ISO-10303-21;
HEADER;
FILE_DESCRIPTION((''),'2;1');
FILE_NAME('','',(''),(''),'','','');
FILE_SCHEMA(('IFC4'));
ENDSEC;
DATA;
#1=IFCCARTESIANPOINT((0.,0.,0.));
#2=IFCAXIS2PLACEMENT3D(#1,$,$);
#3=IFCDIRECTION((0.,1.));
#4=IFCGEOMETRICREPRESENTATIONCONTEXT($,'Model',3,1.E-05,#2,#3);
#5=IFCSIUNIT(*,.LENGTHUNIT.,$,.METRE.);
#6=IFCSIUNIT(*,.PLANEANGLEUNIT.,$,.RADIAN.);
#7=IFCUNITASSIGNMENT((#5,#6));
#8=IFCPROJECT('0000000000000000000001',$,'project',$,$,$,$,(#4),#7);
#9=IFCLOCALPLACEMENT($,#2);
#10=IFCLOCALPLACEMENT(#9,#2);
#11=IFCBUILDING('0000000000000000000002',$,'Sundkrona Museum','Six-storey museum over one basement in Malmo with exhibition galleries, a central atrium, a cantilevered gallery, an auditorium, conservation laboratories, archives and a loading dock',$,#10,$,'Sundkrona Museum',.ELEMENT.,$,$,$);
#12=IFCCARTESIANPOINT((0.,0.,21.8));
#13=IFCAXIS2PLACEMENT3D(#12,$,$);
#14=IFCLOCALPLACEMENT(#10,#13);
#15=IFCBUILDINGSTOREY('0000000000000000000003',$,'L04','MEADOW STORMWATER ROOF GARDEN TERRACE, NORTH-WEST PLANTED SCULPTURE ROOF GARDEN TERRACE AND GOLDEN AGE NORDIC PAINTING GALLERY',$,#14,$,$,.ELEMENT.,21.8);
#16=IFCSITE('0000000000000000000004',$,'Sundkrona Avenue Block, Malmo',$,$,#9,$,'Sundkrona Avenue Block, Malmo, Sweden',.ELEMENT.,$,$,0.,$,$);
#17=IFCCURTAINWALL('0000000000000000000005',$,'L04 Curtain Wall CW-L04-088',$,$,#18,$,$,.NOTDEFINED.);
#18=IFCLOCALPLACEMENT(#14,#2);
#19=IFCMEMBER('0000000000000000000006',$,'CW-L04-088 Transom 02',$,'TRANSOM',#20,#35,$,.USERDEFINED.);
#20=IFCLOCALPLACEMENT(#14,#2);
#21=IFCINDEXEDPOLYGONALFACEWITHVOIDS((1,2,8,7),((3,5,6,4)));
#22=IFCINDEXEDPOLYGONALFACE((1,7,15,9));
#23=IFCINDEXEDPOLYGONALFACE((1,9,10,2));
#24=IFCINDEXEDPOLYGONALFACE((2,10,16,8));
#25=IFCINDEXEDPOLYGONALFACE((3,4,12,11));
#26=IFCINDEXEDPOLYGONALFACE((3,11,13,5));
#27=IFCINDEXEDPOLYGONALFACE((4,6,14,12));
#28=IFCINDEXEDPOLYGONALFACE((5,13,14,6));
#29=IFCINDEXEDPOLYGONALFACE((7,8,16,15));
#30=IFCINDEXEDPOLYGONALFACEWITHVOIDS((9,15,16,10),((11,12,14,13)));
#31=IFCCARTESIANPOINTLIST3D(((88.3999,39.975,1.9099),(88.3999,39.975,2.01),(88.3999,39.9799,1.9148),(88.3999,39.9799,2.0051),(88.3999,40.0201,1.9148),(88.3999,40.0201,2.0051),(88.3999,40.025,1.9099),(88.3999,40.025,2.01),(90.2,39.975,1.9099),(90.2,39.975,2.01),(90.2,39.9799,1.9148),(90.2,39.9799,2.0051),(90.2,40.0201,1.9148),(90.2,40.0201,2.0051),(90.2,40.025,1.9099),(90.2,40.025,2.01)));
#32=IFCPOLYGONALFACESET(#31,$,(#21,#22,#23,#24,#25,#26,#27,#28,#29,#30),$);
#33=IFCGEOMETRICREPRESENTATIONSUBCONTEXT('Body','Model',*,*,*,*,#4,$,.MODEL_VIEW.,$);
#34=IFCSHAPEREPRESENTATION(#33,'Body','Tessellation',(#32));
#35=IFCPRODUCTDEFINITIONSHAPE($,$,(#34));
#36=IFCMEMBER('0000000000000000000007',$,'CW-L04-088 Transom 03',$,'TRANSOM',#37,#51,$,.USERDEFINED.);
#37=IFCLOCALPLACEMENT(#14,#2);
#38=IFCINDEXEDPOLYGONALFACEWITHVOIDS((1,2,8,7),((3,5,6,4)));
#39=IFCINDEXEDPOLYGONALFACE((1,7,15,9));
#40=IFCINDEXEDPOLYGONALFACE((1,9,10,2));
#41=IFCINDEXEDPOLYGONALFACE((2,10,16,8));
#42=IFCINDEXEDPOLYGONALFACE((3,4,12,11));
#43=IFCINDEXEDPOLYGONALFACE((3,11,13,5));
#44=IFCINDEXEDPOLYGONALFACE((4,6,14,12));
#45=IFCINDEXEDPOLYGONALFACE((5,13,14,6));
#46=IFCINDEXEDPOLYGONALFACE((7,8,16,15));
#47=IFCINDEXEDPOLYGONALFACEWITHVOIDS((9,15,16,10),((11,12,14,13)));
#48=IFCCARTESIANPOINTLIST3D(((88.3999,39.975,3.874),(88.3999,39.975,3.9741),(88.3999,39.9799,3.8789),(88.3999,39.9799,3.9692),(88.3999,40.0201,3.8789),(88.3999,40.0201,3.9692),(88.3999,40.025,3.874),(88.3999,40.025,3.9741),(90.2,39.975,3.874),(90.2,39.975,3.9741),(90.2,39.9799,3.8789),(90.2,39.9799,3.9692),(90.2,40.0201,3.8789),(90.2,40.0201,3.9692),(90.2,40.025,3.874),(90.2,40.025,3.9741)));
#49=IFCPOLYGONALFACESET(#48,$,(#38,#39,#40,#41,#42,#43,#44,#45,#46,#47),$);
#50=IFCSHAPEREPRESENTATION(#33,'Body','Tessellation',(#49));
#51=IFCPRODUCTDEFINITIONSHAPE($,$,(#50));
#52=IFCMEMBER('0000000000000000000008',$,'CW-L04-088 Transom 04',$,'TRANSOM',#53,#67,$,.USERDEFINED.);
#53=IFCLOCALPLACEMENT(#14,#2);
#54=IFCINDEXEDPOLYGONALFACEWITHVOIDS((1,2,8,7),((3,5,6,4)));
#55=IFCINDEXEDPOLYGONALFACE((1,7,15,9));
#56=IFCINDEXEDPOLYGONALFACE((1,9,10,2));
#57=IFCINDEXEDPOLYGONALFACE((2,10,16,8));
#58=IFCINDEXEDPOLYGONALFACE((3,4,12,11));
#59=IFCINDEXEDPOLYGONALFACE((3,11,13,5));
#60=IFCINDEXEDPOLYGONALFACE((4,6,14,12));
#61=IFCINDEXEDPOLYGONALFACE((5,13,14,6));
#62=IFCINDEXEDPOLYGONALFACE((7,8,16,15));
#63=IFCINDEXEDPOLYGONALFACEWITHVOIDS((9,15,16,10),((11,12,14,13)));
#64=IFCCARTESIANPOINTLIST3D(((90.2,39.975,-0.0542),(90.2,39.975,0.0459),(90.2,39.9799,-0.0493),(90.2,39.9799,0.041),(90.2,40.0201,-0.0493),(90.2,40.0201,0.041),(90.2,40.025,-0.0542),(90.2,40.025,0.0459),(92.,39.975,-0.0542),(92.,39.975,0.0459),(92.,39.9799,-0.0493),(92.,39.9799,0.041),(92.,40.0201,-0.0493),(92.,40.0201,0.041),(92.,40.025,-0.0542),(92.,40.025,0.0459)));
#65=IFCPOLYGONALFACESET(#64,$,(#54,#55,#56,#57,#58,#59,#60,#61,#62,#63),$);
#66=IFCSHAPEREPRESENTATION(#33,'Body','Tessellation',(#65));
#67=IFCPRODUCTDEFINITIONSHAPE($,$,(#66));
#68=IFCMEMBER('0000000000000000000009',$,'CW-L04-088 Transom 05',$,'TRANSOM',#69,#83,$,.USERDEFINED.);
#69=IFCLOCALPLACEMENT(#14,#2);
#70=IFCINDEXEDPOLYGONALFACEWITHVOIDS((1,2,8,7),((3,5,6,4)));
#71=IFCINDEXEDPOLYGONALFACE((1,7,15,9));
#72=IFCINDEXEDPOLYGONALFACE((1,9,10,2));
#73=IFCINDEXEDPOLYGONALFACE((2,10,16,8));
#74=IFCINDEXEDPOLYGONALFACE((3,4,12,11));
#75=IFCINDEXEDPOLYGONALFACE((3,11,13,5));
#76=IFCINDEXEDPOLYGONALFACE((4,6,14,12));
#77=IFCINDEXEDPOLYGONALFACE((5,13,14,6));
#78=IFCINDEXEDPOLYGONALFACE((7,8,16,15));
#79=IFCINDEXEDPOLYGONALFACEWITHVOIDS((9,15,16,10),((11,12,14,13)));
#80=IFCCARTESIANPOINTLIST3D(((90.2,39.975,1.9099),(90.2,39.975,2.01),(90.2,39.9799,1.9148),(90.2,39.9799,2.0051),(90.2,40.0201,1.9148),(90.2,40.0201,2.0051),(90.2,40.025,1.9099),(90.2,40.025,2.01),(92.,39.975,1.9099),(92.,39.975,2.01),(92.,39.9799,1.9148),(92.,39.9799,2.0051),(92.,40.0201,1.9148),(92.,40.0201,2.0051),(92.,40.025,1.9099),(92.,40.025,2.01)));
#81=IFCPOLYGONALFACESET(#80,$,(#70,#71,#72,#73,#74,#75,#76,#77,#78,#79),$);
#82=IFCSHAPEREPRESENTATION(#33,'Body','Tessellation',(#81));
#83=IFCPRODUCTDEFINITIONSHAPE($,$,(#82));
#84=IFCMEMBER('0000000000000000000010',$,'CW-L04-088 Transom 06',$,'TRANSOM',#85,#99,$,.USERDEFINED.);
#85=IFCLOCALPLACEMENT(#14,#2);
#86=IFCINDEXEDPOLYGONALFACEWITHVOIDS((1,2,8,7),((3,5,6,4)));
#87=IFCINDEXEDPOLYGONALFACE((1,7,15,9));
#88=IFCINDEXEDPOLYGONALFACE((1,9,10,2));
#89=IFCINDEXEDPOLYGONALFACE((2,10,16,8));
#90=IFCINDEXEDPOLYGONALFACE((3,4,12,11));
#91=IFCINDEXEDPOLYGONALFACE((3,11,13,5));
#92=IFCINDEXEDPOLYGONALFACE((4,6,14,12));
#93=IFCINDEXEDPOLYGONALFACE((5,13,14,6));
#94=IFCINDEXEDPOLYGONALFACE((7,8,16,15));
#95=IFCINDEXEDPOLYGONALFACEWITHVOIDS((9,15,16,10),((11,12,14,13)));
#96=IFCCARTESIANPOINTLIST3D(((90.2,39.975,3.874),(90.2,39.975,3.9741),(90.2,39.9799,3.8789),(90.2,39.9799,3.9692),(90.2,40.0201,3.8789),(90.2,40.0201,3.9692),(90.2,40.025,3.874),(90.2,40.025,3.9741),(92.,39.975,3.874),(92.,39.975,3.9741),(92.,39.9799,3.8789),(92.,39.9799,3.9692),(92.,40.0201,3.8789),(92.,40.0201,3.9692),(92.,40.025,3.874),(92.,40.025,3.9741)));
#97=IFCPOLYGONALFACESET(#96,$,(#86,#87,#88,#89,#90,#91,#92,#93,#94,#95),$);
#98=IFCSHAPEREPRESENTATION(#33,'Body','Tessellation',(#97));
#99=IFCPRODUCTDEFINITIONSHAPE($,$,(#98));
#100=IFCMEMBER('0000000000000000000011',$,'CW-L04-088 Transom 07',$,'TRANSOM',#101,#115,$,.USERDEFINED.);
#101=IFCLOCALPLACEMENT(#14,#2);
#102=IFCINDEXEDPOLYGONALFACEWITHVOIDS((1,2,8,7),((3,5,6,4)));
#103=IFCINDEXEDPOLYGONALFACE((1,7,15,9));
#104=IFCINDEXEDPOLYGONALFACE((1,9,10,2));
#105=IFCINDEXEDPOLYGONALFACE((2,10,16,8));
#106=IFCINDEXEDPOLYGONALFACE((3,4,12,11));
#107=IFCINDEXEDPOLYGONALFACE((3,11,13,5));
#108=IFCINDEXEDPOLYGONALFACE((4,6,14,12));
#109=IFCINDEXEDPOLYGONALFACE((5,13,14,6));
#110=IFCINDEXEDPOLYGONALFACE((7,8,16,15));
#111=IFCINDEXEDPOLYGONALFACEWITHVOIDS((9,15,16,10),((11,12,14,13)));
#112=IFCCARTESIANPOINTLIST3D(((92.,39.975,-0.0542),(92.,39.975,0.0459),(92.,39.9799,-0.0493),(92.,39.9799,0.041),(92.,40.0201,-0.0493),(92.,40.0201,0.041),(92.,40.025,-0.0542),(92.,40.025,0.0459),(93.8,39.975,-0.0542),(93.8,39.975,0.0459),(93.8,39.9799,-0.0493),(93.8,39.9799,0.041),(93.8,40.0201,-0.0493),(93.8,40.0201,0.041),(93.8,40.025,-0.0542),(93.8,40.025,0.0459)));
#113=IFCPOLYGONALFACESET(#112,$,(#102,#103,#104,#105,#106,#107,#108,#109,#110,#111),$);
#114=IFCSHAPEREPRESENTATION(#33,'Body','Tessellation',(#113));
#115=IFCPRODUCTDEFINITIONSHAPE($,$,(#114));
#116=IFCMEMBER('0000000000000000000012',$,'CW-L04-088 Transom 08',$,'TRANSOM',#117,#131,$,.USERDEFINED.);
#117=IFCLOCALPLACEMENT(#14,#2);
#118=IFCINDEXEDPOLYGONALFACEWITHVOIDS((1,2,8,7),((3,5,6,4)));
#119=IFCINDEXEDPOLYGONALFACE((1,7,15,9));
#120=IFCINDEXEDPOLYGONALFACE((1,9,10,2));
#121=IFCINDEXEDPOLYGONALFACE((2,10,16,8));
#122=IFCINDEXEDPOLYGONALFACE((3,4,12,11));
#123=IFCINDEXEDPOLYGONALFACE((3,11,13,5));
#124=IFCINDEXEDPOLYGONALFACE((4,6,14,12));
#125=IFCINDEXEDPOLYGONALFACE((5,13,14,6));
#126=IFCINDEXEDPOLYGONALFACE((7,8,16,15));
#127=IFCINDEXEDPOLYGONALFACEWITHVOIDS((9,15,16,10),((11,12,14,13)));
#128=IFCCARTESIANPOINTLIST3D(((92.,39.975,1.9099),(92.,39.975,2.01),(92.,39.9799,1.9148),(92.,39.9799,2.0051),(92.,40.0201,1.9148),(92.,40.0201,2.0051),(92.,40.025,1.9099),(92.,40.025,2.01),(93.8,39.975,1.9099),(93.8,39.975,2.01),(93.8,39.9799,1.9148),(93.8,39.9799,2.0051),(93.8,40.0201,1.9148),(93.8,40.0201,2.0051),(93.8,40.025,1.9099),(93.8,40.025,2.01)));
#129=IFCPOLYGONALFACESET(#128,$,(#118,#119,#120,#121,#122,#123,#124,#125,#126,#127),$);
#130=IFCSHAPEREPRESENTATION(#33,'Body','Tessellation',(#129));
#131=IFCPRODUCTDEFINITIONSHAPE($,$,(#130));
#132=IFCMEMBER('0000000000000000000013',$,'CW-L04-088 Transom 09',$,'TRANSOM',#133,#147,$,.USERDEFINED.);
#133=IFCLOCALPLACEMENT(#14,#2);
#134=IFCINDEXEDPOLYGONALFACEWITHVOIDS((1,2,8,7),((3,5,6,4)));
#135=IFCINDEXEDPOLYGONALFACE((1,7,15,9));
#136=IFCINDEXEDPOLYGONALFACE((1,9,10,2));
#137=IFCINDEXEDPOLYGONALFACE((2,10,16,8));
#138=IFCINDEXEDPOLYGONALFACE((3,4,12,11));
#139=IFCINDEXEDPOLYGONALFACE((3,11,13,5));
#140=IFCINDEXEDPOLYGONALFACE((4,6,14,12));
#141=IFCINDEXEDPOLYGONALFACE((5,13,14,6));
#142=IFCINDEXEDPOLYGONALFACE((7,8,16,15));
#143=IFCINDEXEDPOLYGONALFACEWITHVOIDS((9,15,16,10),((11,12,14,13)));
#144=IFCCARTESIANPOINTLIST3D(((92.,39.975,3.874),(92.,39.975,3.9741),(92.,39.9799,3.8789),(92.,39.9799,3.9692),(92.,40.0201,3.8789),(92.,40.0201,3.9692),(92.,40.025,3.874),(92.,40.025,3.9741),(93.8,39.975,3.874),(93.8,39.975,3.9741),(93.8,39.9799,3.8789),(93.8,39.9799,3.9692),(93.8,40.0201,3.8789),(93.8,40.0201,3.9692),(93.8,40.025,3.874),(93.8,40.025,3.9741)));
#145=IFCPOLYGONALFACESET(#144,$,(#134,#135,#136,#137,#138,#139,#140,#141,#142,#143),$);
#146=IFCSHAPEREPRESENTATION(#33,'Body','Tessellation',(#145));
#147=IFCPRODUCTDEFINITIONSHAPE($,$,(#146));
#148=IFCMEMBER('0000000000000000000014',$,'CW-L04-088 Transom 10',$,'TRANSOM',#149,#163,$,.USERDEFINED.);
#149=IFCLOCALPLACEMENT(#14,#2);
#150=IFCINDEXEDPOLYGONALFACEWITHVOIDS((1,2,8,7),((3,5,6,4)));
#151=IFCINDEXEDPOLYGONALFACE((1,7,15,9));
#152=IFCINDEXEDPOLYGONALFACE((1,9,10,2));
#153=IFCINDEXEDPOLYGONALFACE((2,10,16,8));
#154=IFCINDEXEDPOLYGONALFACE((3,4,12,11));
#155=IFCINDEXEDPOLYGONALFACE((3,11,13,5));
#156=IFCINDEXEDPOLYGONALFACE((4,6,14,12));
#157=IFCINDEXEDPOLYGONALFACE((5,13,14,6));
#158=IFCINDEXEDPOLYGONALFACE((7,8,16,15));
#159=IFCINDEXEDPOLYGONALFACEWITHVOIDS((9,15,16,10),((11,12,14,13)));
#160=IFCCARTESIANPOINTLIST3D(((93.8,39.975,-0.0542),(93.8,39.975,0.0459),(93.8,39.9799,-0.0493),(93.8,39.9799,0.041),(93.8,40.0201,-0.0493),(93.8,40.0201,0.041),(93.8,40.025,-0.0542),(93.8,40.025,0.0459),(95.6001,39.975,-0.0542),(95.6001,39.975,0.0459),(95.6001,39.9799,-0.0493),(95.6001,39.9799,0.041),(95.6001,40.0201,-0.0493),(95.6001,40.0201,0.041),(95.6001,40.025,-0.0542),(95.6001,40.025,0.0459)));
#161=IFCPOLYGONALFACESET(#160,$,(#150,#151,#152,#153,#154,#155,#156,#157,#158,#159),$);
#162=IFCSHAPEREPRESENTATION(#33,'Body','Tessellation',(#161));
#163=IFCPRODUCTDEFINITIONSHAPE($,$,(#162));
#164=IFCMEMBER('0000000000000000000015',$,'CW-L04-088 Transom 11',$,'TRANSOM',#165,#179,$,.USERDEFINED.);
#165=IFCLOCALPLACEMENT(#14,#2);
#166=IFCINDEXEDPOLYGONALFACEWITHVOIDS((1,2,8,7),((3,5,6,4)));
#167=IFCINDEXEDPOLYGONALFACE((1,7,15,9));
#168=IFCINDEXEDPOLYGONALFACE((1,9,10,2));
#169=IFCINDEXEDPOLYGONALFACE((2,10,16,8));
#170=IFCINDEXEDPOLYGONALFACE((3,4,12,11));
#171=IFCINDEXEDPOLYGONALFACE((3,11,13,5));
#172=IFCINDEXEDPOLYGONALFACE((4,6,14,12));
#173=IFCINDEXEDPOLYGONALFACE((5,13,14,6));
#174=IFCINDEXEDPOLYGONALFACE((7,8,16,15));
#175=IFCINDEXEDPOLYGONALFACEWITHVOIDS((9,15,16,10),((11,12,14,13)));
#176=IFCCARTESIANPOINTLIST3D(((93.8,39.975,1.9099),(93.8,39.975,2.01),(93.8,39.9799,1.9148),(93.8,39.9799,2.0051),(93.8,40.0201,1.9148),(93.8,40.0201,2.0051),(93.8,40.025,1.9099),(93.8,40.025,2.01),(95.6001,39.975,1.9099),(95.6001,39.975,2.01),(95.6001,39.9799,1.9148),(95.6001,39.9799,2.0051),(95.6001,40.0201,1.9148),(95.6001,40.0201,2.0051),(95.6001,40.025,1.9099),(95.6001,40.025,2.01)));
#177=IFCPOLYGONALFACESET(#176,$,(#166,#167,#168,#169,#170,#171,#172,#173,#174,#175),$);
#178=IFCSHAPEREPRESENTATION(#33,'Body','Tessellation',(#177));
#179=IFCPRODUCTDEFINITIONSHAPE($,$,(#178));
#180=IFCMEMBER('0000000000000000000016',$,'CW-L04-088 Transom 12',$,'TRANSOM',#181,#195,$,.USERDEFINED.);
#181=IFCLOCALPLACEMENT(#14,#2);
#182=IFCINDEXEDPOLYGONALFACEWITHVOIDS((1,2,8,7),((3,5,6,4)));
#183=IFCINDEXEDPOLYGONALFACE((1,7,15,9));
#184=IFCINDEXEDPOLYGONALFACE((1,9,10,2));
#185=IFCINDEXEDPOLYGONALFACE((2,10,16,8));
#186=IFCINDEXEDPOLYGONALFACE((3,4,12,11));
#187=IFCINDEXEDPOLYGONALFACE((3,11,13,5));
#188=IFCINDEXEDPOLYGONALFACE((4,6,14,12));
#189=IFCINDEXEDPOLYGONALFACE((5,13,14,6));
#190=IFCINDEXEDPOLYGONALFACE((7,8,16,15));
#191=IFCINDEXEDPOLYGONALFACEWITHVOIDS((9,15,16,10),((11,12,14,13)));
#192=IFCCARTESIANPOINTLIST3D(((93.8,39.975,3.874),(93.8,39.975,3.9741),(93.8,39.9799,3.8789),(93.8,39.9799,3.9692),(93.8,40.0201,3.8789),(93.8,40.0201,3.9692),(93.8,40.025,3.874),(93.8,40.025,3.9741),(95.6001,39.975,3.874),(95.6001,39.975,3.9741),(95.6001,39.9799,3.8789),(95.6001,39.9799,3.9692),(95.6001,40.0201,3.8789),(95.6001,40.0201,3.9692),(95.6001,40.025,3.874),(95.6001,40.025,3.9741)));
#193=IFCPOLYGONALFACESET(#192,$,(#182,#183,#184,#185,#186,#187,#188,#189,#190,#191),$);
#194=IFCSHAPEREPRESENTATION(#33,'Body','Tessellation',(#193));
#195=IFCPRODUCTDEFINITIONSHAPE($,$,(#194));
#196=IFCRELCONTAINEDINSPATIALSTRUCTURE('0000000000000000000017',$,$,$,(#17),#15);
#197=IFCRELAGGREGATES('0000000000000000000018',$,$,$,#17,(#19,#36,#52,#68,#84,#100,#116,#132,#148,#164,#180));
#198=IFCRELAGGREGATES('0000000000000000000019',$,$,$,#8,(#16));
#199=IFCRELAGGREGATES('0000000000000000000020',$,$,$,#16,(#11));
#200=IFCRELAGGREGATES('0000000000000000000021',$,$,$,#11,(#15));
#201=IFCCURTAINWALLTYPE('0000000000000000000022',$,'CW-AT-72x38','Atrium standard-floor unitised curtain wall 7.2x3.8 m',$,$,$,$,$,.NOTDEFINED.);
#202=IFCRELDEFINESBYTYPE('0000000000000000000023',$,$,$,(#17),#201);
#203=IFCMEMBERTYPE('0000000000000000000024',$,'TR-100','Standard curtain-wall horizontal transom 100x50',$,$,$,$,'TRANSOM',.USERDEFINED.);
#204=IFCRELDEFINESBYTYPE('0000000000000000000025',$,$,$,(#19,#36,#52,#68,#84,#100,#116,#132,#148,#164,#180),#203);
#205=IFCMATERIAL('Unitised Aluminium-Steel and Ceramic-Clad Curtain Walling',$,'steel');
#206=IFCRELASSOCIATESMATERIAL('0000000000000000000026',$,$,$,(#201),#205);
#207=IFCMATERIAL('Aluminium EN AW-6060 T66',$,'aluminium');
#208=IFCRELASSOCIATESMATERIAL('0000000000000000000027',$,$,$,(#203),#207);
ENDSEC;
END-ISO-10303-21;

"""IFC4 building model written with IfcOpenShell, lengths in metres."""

from ifc_helpers import new_model, si_unit, direction, frame, origin, origin_2d, place, context, subcontext, project, spatial, hollow_rectangle, extrude, material, material_profile, profile_set, type_object, element, aggregate, save


model = new_model("IFC4")

# Units and contexts
model_context = context("Model", 3, precision=1e-05, world=origin(), true_north=direction((0.0, 1.0)))
body_context = subcontext(model_context, "Body", "Model", "MODEL_VIEW")
ifc_project = project(units=[si_unit("LENGTHUNIT", "METRE"), si_unit("PLANEANGLEUNIT", "RADIAN")], contexts=[model_context])

# Site, building, storey
site_placement = place(None, origin())
site = spatial("IfcSite", under=ifc_project, at=site_placement, Name="Sundkrona Avenue Block, Malmo", LongName="Sundkrona Avenue Block, Malmo, Sweden", CompositionType="ELEMENT", RefElevation=0.0)
building_placement = place(site_placement, origin())
building = spatial("IfcBuilding", under=site, at=building_placement, Name="Sundkrona Museum", Description="Six-storey museum over one basement in Malmo with exhibition galleries, a central atrium, a cantilevered gallery, an auditorium, conservation laboratories, archives and a loading dock", LongName="Sundkrona Museum", CompositionType="ELEMENT")
storey_placement = place(building_placement, frame((0.0, 0.0, 21.8)))
storey = spatial("IfcBuildingStorey", under=building, at=storey_placement, Name="L04", Description="MEADOW STORMWATER ROOF GARDEN TERRACE, NORTH-WEST PLANTED SCULPTURE ROOF GARDEN TERRACE AND GOLDEN AGE NORDIC PAINTING GALLERY", CompositionType="ELEMENT", Elevation=21.8)

# Curtain wall
ifc_material_1 = material(Name="Unitised Aluminium-Steel and Ceramic-Clad Curtain Walling", Category="steel")
curtain_wall_type = type_object("IfcCurtainWallType", Name="CW-AT-72x38", Description="Atrium standard-floor unitised curtain wall 7.2x3.8 m", PredefinedType="NOTDEFINED", material=ifc_material_1)
curtain_wall_1_placement = place(storey_placement, origin())
curtain_wall_1 = element("IfcCurtainWall", 1, at=curtain_wall_1_placement, inside=storey, type_object=curtain_wall_type, Name="L04 Curtain Wall CW-L04-088", PredefinedType="NOTDEFINED")
ifc_material_2 = material(Name="Aluminium EN AW-6060 T66", Category="aluminium")

# Members
ifc_material_profile_1 = material_profile(ifc_material_2, hollow_rectangle(XDim=0.05, YDim=0.1001, WallThickness=0.0049, at=origin_2d()), Name="RHS 100x50x5.0")
ifc_profile_set_1 = profile_set([ifc_material_profile_1], Name="Aluminium EN AW-6060 T66")
member_type_1 = type_object("IfcMemberType", Name="TR-100", Description="Standard curtain-wall horizontal transom 100x50", ElementType="TRANSOM", PredefinedType="USERDEFINED", material=ifc_profile_set_1)
member_1_placement = place(storey_placement, frame((88.3999, 40.0, 1.96), z_axis=(1.0, 0.0, 0.0), x_axis=(0.0, 1.0, 0.0)))
member_1 = element("IfcMember", 2, at=member_1_placement, type_object=member_type_1, Name="CW-L04-088 Transom 02", ObjectType="TRANSOM", PredefinedType="USERDEFINED", context=body_context, shape_type="SweptSolid", body=[
    extrude(hollow_rectangle(XDim=0.05, YDim=0.1001, WallThickness=0.0049, at=origin_2d()), origin(), (0.0, 0.0, 1.0), 1.8),
])
member_2_placement = place(storey_placement, frame((88.3999, 40.0, 3.9241), z_axis=(1.0, 0.0, 0.0), x_axis=(0.0, 1.0, 0.0)))
member_2 = element("IfcMember", 3, at=member_2_placement, type_object=member_type_1, Name="CW-L04-088 Transom 03", ObjectType="TRANSOM", PredefinedType="USERDEFINED", context=body_context, shape_type="SweptSolid", body=[
    extrude(hollow_rectangle(XDim=0.05, YDim=0.1001, WallThickness=0.0049, at=origin_2d()), origin(), (0.0, 0.0, 1.0), 1.8),
])
member_3_placement = place(storey_placement, frame((90.2, 40.0, -0.0042), z_axis=(1.0, 0.0, 0.0), x_axis=(0.0, 1.0, 0.0)))
member_3 = element("IfcMember", 4, at=member_3_placement, type_object=member_type_1, Name="CW-L04-088 Transom 04", ObjectType="TRANSOM", PredefinedType="USERDEFINED", context=body_context, shape_type="SweptSolid", body=[
    extrude(hollow_rectangle(XDim=0.05, YDim=0.1001, WallThickness=0.0049, at=origin_2d()), origin(), (0.0, 0.0, 1.0), 1.8),
])
member_4_placement = place(storey_placement, frame((90.2, 40.0, 1.96), z_axis=(1.0, 0.0, 0.0), x_axis=(0.0, 1.0, 0.0)))
member_4 = element("IfcMember", 5, at=member_4_placement, type_object=member_type_1, Name="CW-L04-088 Transom 05", ObjectType="TRANSOM", PredefinedType="USERDEFINED", context=body_context, shape_type="SweptSolid", body=[
    extrude(hollow_rectangle(XDim=0.05, YDim=0.1001, WallThickness=0.0049, at=origin_2d()), origin(), (0.0, 0.0, 1.0), 1.8),
])
member_5_placement = place(storey_placement, frame((90.2, 40.0, 3.9241), z_axis=(1.0, 0.0, 0.0), x_axis=(0.0, 1.0, 0.0)))
member_5 = element("IfcMember", 6, at=member_5_placement, type_object=member_type_1, Name="CW-L04-088 Transom 06", ObjectType="TRANSOM", PredefinedType="USERDEFINED", context=body_context, shape_type="SweptSolid", body=[
    extrude(hollow_rectangle(XDim=0.05, YDim=0.1001, WallThickness=0.0049, at=origin_2d()), origin(), (0.0, 0.0, 1.0), 1.8),
])
member_6_placement = place(storey_placement, frame((92.0, 40.0, -0.0042), z_axis=(1.0, 0.0, 0.0), x_axis=(0.0, 1.0, 0.0)))
member_6 = element("IfcMember", 7, at=member_6_placement, type_object=member_type_1, Name="CW-L04-088 Transom 07", ObjectType="TRANSOM", PredefinedType="USERDEFINED", context=body_context, shape_type="SweptSolid", body=[
    extrude(hollow_rectangle(XDim=0.05, YDim=0.1001, WallThickness=0.0049, at=origin_2d()), origin(), (0.0, 0.0, 1.0), 1.8),
])
member_7_placement = place(storey_placement, frame((92.0, 40.0, 1.96), z_axis=(1.0, 0.0, 0.0), x_axis=(0.0, 1.0, 0.0)))
member_7 = element("IfcMember", 8, at=member_7_placement, type_object=member_type_1, Name="CW-L04-088 Transom 08", ObjectType="TRANSOM", PredefinedType="USERDEFINED", context=body_context, shape_type="SweptSolid", body=[
    extrude(hollow_rectangle(XDim=0.05, YDim=0.1001, WallThickness=0.0049, at=origin_2d()), origin(), (0.0, 0.0, 1.0), 1.8),
])
member_8_placement = place(storey_placement, frame((92.0, 40.0, 3.9241), z_axis=(1.0, 0.0, 0.0), x_axis=(0.0, 1.0, 0.0)))
member_8 = element("IfcMember", 9, at=member_8_placement, type_object=member_type_1, Name="CW-L04-088 Transom 09", ObjectType="TRANSOM", PredefinedType="USERDEFINED", context=body_context, shape_type="SweptSolid", body=[
    extrude(hollow_rectangle(XDim=0.05, YDim=0.1001, WallThickness=0.0049, at=origin_2d()), origin(), (0.0, 0.0, 1.0), 1.8),
])
member_9_placement = place(storey_placement, frame((93.8, 40.0, -0.0042), z_axis=(1.0, 0.0, 0.0), x_axis=(0.0, 1.0, 0.0)))
member_9 = element("IfcMember", 10, at=member_9_placement, type_object=member_type_1, Name="CW-L04-088 Transom 10", ObjectType="TRANSOM", PredefinedType="USERDEFINED", context=body_context, shape_type="SweptSolid", body=[
    extrude(hollow_rectangle(XDim=0.05, YDim=0.1001, WallThickness=0.0049, at=origin_2d()), origin(), (0.0, 0.0, 1.0), 1.8),
])
member_10_placement = place(storey_placement, frame((93.8, 40.0, 1.96), z_axis=(1.0, 0.0, 0.0), x_axis=(0.0, 1.0, 0.0)))
member_10 = element("IfcMember", 11, at=member_10_placement, type_object=member_type_1, Name="CW-L04-088 Transom 11", ObjectType="TRANSOM", PredefinedType="USERDEFINED", context=body_context, shape_type="SweptSolid", body=[
    extrude(hollow_rectangle(XDim=0.05, YDim=0.1001, WallThickness=0.0049, at=origin_2d()), origin(), (0.0, 0.0, 1.0), 1.8),
])
member_11_placement = place(storey_placement, frame((93.8, 40.0, 3.9241), z_axis=(1.0, 0.0, 0.0), x_axis=(0.0, 1.0, 0.0)))
member_11 = element("IfcMember", 12, at=member_11_placement, type_object=member_type_1, Name="CW-L04-088 Transom 12", ObjectType="TRANSOM", PredefinedType="USERDEFINED", context=body_context, shape_type="SweptSolid", body=[
    extrude(hollow_rectangle(XDim=0.05, YDim=0.1001, WallThickness=0.0049, at=origin_2d()), origin(), (0.0, 0.0, 1.0), 1.8),
])

aggregate(curtain_wall_1, [member_1, member_2, member_3, member_4, member_5, member_6, member_7, member_8, member_9, member_10, member_11])

save(model, "model.ifc")
